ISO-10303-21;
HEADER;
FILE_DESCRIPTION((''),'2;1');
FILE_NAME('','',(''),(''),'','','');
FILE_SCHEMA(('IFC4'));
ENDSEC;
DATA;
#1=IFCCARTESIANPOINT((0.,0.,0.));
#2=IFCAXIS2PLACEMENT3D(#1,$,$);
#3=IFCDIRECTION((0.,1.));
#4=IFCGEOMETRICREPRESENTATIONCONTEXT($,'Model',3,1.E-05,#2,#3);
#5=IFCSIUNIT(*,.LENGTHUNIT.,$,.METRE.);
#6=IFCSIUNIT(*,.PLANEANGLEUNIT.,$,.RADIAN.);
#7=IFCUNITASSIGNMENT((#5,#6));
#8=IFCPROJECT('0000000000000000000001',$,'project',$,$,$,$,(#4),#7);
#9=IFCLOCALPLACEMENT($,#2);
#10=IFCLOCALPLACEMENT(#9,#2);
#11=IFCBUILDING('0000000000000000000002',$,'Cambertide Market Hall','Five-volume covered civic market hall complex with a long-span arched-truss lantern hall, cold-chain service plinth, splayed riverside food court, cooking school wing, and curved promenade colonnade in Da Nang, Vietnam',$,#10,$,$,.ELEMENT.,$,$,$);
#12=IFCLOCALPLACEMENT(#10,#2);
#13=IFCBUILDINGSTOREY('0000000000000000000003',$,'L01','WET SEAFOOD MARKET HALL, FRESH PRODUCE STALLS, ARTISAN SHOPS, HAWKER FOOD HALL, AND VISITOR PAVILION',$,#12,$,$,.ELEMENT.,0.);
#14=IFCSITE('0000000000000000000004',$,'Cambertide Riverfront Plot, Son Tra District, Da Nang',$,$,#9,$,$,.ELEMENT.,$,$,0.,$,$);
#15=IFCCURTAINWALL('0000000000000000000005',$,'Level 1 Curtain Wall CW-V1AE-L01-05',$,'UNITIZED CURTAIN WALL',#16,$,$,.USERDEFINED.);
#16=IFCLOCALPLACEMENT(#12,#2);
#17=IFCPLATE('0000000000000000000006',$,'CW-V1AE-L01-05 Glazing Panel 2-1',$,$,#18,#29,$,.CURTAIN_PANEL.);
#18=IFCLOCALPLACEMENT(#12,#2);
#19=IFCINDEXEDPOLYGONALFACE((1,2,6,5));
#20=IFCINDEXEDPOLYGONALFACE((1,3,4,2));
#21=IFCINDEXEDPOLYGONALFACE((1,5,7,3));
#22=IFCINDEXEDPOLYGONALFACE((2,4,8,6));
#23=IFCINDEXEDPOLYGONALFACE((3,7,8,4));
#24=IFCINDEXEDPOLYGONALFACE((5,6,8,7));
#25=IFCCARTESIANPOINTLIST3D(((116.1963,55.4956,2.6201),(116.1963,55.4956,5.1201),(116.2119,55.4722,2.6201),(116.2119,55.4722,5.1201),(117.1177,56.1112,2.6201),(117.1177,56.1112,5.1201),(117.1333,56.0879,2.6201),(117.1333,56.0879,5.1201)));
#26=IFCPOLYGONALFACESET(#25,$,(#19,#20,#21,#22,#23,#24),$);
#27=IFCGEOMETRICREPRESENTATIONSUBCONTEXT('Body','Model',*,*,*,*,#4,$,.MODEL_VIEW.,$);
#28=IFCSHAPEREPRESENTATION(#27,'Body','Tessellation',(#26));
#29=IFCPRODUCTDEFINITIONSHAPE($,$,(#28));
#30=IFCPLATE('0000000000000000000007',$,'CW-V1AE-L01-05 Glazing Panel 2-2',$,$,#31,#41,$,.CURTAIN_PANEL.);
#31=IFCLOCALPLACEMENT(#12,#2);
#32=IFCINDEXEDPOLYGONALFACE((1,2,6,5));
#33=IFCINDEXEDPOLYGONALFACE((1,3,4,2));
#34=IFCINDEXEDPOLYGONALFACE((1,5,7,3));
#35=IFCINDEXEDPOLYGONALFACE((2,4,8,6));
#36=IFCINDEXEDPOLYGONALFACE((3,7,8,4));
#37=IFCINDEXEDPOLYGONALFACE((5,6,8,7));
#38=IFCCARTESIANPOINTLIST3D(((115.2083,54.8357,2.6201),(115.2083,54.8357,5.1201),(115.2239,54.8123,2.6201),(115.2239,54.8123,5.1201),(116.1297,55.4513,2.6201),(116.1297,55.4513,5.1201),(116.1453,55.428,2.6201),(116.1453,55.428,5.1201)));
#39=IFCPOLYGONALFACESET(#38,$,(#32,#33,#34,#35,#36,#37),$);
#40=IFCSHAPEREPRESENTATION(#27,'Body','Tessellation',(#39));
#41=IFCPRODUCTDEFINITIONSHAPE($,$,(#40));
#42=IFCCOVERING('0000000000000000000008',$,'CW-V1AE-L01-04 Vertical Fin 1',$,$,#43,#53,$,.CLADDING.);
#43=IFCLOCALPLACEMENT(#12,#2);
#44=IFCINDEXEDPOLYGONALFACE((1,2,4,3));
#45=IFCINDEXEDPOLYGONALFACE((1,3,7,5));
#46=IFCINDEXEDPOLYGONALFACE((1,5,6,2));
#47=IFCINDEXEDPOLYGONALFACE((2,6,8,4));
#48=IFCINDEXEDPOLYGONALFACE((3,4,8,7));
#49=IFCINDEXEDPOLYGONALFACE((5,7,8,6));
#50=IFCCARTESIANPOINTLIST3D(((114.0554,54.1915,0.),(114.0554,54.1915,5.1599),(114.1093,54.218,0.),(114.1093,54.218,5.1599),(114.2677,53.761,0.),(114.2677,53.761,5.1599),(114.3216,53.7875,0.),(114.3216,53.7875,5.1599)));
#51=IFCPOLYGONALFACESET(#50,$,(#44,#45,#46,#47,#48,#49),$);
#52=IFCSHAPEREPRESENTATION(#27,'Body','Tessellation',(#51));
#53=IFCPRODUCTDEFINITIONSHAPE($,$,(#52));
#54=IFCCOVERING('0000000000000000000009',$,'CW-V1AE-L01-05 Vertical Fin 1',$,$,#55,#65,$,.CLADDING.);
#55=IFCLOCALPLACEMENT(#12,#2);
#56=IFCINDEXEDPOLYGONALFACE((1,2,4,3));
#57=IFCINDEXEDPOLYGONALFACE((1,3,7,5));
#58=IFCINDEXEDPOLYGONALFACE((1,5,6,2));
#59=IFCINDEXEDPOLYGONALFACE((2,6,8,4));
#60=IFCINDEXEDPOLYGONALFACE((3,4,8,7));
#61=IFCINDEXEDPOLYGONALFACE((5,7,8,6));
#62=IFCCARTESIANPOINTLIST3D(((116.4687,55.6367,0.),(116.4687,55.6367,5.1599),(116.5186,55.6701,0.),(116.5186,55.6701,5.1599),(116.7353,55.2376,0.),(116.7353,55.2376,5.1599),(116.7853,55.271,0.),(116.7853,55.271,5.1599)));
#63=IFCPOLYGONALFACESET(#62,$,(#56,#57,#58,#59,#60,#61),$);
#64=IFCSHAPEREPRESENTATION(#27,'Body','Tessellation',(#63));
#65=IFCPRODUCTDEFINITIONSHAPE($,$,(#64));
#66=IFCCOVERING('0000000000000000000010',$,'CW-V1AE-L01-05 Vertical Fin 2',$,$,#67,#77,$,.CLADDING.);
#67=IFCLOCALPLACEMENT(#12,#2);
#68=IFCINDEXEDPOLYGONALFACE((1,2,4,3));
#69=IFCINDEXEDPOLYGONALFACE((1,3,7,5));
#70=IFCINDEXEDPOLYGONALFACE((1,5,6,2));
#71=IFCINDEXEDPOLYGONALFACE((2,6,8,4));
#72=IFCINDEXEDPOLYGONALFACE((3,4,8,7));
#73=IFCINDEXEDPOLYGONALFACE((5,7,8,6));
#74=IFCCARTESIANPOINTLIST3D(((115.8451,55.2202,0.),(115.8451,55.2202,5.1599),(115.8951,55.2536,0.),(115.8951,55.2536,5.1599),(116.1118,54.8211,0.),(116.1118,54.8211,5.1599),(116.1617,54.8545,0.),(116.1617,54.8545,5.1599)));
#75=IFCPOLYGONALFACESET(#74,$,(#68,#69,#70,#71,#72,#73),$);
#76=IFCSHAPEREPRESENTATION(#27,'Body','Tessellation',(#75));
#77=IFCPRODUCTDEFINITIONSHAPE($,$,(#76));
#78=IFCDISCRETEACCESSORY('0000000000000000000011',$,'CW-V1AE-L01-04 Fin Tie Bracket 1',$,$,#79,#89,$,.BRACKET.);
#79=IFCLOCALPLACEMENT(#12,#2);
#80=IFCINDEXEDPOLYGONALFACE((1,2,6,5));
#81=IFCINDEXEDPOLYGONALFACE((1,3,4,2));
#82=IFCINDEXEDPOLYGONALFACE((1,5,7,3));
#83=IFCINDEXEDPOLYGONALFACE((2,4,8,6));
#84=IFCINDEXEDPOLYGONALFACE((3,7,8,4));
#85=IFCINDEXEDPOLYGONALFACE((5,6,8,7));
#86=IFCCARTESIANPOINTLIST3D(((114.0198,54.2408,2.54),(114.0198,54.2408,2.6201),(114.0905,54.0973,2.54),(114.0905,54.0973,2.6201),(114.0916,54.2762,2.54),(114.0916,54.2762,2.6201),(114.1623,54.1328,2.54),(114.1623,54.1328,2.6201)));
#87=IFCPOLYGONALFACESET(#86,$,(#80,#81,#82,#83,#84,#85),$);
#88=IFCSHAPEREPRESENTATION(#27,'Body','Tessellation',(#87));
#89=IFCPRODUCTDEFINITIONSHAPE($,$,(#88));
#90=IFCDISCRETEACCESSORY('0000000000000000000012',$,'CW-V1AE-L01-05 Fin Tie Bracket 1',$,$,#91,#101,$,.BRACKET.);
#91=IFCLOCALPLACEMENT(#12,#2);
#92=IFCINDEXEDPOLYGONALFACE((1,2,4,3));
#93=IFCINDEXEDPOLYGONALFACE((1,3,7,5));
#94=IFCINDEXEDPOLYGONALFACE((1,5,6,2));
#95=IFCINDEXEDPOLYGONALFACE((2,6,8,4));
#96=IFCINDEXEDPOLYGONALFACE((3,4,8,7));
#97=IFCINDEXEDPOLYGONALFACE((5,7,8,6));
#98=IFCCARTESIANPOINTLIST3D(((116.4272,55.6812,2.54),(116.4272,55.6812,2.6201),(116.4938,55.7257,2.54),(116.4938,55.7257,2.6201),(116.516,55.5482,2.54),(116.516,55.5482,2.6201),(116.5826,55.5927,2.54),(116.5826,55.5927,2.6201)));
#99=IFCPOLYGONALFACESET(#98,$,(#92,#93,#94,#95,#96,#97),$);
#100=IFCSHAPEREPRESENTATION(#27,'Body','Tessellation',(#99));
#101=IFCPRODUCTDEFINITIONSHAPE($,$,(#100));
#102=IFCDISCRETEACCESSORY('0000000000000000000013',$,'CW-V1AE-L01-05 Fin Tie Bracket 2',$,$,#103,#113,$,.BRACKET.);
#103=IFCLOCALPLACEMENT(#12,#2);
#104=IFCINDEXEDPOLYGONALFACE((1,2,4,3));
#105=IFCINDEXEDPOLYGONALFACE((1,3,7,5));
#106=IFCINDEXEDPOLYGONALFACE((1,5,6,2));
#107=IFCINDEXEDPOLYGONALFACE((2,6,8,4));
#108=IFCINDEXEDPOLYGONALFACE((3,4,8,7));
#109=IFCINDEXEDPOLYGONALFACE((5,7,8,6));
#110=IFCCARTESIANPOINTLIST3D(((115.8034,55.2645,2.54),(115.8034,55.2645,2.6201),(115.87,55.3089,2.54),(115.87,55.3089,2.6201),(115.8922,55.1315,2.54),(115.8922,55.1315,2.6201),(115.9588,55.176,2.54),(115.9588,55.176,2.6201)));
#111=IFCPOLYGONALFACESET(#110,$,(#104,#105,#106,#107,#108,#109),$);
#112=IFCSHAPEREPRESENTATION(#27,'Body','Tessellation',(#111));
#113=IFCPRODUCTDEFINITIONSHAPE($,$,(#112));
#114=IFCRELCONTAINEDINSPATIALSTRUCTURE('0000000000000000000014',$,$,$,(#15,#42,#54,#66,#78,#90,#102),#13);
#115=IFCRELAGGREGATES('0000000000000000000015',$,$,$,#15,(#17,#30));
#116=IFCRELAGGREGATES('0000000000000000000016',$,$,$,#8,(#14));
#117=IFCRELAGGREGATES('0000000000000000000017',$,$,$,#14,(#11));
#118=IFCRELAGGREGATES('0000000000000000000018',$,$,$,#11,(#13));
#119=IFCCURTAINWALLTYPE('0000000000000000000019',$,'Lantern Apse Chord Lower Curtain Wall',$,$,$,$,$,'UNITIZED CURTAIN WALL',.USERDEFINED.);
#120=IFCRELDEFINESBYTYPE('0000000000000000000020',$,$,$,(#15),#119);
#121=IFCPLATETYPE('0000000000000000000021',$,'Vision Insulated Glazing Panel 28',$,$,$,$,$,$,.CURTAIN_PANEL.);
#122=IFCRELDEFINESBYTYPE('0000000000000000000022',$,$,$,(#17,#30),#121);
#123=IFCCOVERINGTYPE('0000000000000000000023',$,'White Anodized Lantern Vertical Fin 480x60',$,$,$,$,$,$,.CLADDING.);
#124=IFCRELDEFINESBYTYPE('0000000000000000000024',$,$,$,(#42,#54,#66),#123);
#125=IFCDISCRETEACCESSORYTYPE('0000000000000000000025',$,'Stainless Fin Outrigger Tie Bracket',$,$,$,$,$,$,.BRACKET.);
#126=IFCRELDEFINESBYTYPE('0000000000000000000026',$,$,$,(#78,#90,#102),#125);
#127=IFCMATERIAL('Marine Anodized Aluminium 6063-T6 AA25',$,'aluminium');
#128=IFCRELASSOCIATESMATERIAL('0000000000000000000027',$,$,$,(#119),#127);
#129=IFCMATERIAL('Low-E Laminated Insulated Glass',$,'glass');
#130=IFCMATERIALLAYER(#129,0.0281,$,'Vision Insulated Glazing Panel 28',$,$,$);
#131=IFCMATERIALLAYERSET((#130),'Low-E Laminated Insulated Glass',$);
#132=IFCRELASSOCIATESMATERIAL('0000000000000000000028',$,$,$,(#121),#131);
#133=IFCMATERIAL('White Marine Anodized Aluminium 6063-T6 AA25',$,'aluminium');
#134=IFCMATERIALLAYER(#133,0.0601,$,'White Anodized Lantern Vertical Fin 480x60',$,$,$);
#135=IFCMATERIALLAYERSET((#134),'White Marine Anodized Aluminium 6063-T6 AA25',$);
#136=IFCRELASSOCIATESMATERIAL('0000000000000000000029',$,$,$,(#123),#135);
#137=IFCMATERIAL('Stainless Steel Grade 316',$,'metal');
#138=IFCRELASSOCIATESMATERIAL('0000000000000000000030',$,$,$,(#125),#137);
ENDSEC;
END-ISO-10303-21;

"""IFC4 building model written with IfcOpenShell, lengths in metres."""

from ifc_helpers import new_model, si_unit, direction, frame, origin, origin_2d, place, context, subcontext, project, spatial, rectangle, extrude, material, layer, layer_set, type_object, element, aggregate, save


model = new_model("IFC4")

# Units and contexts
model_context = context("Model", 3, precision=1e-05, world=origin(), true_north=direction((0.0, 1.0)))
body_context = subcontext(model_context, "Body", "Model", "MODEL_VIEW")
ifc_project = project(units=[si_unit("LENGTHUNIT", "METRE"), si_unit("PLANEANGLEUNIT", "RADIAN")], contexts=[model_context])

# Site, building, storey
site_placement = place(None, origin())
site = spatial("IfcSite", under=ifc_project, at=site_placement, Name="Cambertide Riverfront Plot, Son Tra District, Da Nang", CompositionType="ELEMENT", RefElevation=0.0)
building_placement = place(site_placement, origin())
building = spatial("IfcBuilding", under=site, at=building_placement, Name="Cambertide Market Hall", Description="Five-volume covered civic market hall complex with a long-span arched-truss lantern hall, cold-chain service plinth, splayed riverside food court, cooking school wing, and curved promenade colonnade in Da Nang, Vietnam", CompositionType="ELEMENT")
storey_placement = place(building_placement, origin())
storey = spatial("IfcBuildingStorey", under=building, at=storey_placement, Name="L01", Description="WET SEAFOOD MARKET HALL, FRESH PRODUCE STALLS, ARTISAN SHOPS, HAWKER FOOD HALL, AND VISITOR PAVILION", CompositionType="ELEMENT", Elevation=0.0)

# Shared definitions
ifc_material_1 = material(Name="Marine Anodized Aluminium 6063-T6 AA25", Category="aluminium")
curtain_wall_type = type_object("IfcCurtainWallType", Name="Lantern Apse Chord Lower Curtain Wall", ElementType="UNITIZED CURTAIN WALL", PredefinedType="USERDEFINED", material=ifc_material_1)

# Curtain wall
curtain_wall_1_placement = place(storey_placement, origin())
curtain_wall_1 = element("IfcCurtainWall", 1, at=curtain_wall_1_placement, inside=storey, type_object=curtain_wall_type, Name="Level 1 Curtain Wall CW-V1AE-L01-05", ObjectType="UNITIZED CURTAIN WALL", PredefinedType="USERDEFINED")

# Plates
ifc_material_2 = material(Name="Low-E Laminated Insulated Glass", Category="glass")
ifc_layer_1 = layer(ifc_material_2, 0.0281, Name="Vision Insulated Glazing Panel 28")
ifc_layer_set_1 = layer_set([ifc_layer_1], Name="Low-E Laminated Insulated Glass")
plate_type = type_object("IfcPlateType", Name="Vision Insulated Glazing Panel 28", PredefinedType="CURTAIN_PANEL", material=ifc_layer_set_1)
plate_1_placement = place(storey_placement, frame((116.6648, 55.7917, 2.6201), z_axis=(0.0, 0.0, 1.0), x_axis=(-0.83147, -0.55557, 0.0)))
plate_1 = element("IfcPlate", 2, at=plate_1_placement, type_object=plate_type, Name="CW-V1AE-L01-05 Glazing Panel 2-1", PredefinedType="CURTAIN_PANEL", context=body_context, shape_type="SweptSolid", body=[
    extrude(rectangle(XDim=1.1082, YDim=0.0281, at=origin_2d()), origin(), (0.0, 0.0, 1.0), 2.5),
])
plate_2_placement = place(storey_placement, frame((115.6768, 55.1318, 2.6201), z_axis=(0.0, 0.0, 1.0), x_axis=(-0.83147, -0.55557, 0.0)))
plate_2 = element("IfcPlate", 3, at=plate_2_placement, type_object=plate_type, Name="CW-V1AE-L01-05 Glazing Panel 2-2", PredefinedType="CURTAIN_PANEL", context=body_context, shape_type="SweptSolid", body=[
    extrude(rectangle(XDim=1.1082, YDim=0.0281, at=origin_2d()), origin(), (0.0, 0.0, 1.0), 2.5),
])
aggregate(curtain_wall_1, [plate_1, plate_2])

# Coverings
ifc_material_3 = material(Name="White Marine Anodized Aluminium 6063-T6 AA25", Category="aluminium")
ifc_layer_2 = layer(ifc_material_3, 0.0601, Name="White Anodized Lantern Vertical Fin 480x60")
ifc_layer_set_2 = layer_set([ifc_layer_2], Name="White Marine Anodized Aluminium 6063-T6 AA25")
covering_type = type_object("IfcCoveringType", Name="White Anodized Lantern Vertical Fin 480x60", PredefinedType="CLADDING", material=ifc_layer_set_2)
for number, where, z_axis, x_axis, name in (
    (4, (114.1885, 53.9895, 0.0), (0.0, 0.0, 1.0), (-0.896873, -0.442289, 0.0), "CW-V1AE-L01-04 Vertical Fin 1"),
    (5, (116.627, 55.4539, 0.0), (0.0, 0.0, 1.0), (-0.83147, -0.55557, 0.0), "CW-V1AE-L01-05 Vertical Fin 1"),
    (6, (116.0034, 55.0374, 0.0), (0.0, 0.0, 1.0), (-0.83147, -0.55557, 0.0), "CW-V1AE-L01-05 Vertical Fin 2"),
):
    element("IfcCovering", number, at=place(storey_placement, frame(where, z_axis=z_axis, x_axis=x_axis)), inside=storey, type_object=covering_type, Name=name, PredefinedType="CLADDING", context=body_context, shape_type="SweptSolid", body=[
        extrude(rectangle(XDim=0.0601, YDim=0.48, at=origin_2d()), origin(), (0.0, 0.0, 1.0), 5.1599),
    ])

# Discrete accessories
ifc_material_4 = material(Name="Stainless Steel Grade 316", Category="metal")
discrete_accessory_type = type_object("IfcDiscreteAccessoryType", Name="Stainless Fin Outrigger Tie Bracket", PredefinedType="BRACKET", material=ifc_material_4)
for number, where, z_axis, x_axis, name in (
    (7, (114.0911, 54.1868, 2.54), (0.0, 0.0, 1.0), (-0.896873, -0.442289, 0.0), "CW-V1AE-L01-04 Fin Tie Bracket 1"),
    (8, (116.5049, 55.637, 2.54), (0.0, 0.0, 1.0), (-0.83147, -0.55557, 0.0), "CW-V1AE-L01-05 Fin Tie Bracket 1"),
    (9, (115.8811, 55.2202, 2.54), (0.0, 0.0, 1.0), (-0.83147, -0.55557, 0.0), "CW-V1AE-L01-05 Fin Tie Bracket 2"),
):
    element("IfcDiscreteAccessory", number, at=place(storey_placement, frame(where, z_axis=z_axis, x_axis=x_axis)), inside=storey, type_object=discrete_accessory_type, Name=name, PredefinedType="BRACKET", context=body_context, shape_type="SweptSolid", body=[
        extrude(rectangle(XDim=0.0801, YDim=0.1599, at=origin_2d()), origin(), (0.0, 0.0, 1.0), 0.0801),
    ])

save(model, "model.ifc")
